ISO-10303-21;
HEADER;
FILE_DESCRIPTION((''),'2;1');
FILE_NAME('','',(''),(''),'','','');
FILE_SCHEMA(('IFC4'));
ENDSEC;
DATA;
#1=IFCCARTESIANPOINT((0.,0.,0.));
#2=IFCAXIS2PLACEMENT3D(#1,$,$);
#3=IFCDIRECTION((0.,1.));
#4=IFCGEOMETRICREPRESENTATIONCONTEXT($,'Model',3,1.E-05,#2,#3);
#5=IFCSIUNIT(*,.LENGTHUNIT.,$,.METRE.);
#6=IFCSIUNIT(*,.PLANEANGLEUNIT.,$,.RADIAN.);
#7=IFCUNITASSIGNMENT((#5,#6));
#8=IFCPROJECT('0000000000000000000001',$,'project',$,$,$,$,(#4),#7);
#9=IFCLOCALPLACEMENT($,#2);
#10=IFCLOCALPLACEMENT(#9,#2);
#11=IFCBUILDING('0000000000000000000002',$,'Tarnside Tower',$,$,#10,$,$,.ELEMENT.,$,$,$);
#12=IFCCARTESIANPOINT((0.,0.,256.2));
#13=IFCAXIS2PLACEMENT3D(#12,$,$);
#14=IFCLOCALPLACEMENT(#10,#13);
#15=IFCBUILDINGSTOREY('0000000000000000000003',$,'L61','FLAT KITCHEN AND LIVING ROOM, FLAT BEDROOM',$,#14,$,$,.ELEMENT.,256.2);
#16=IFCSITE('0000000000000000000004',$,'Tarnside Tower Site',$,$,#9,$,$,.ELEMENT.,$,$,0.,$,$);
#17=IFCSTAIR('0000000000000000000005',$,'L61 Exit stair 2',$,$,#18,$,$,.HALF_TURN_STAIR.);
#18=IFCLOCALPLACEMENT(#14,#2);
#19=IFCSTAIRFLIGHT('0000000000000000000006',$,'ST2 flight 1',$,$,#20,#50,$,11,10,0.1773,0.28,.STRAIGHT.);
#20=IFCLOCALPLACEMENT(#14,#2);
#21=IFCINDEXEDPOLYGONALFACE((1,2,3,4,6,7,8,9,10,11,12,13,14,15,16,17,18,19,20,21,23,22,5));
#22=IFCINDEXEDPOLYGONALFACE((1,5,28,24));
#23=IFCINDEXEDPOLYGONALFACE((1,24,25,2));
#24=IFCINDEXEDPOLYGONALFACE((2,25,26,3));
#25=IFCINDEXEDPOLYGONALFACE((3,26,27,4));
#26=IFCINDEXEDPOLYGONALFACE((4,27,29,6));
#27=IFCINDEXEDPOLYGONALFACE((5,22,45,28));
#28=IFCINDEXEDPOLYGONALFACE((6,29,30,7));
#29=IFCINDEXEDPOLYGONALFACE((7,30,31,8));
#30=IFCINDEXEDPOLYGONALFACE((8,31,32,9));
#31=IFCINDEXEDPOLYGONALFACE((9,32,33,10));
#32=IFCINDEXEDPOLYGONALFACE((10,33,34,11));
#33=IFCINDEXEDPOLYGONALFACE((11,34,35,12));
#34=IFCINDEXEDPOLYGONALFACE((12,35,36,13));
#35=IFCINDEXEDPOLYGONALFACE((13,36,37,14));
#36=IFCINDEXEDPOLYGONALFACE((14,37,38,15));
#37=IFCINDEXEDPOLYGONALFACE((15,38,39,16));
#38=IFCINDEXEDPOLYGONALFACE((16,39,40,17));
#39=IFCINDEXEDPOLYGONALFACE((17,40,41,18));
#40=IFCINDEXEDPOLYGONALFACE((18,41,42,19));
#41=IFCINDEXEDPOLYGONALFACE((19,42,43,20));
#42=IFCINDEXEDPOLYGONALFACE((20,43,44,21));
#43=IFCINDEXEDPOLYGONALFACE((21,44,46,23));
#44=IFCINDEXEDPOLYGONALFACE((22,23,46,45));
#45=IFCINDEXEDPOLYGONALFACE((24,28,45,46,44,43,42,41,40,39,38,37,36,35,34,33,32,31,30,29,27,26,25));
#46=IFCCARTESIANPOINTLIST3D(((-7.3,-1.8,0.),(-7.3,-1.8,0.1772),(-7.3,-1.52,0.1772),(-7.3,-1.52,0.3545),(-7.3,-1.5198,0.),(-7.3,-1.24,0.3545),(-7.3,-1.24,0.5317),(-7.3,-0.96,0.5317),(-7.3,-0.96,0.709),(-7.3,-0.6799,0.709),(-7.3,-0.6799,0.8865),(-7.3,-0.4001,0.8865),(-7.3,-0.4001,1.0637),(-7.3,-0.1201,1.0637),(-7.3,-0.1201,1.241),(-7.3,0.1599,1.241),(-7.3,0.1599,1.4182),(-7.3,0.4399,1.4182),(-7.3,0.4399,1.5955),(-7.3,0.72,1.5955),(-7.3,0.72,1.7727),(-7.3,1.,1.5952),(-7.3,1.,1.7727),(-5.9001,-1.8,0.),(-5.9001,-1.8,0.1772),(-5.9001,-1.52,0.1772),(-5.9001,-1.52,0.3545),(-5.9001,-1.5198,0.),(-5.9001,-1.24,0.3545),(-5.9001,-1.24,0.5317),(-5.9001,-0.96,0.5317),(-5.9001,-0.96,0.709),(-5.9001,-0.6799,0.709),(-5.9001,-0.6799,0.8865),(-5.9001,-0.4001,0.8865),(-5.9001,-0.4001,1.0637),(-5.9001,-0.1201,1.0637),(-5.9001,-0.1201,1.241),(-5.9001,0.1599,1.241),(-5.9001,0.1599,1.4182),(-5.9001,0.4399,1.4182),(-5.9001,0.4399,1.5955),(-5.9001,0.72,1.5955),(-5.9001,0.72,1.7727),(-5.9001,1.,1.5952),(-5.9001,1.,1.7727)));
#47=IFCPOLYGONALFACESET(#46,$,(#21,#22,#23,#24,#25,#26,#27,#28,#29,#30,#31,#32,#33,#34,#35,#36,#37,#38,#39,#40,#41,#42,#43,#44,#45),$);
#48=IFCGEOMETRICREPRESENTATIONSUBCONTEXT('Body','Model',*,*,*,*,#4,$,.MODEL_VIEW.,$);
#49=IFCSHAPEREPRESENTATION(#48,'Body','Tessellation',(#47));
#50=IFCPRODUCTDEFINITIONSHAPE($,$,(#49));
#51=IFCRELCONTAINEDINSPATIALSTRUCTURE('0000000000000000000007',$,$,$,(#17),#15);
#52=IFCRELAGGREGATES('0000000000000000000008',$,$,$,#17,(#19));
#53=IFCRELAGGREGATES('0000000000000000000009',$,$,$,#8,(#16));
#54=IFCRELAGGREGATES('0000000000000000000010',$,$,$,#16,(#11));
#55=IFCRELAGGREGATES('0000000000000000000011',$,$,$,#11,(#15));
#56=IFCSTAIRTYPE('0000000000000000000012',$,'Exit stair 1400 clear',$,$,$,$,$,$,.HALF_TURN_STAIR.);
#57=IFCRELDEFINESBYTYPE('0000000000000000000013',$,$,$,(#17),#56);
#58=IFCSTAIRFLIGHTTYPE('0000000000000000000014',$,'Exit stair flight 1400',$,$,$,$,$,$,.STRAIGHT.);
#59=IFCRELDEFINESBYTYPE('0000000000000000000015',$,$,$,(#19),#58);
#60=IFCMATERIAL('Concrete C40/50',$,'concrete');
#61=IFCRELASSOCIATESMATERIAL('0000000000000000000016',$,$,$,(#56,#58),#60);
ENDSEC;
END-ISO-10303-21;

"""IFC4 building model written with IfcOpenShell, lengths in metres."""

from ifc_helpers import new_model, si_unit, direction, frame, origin, place, context, subcontext, project, spatial, polyline, outline, extrude, material, type_object, element, aggregate, save


model = new_model("IFC4")

# Units and contexts
model_context = context("Model", 3, precision=1e-05, world=origin(), true_north=direction((0.0, 1.0)))
body_context = subcontext(model_context, "Body", "Model", "MODEL_VIEW")
ifc_project = project(units=[si_unit("LENGTHUNIT", "METRE"), si_unit("PLANEANGLEUNIT", "RADIAN")], contexts=[model_context])

# Site, building, storey
site_placement = place(None, origin())
site = spatial("IfcSite", under=ifc_project, at=site_placement, Name="Tarnside Tower Site", CompositionType="ELEMENT", RefElevation=0.0)
building_placement = place(site_placement, origin())
building = spatial("IfcBuilding", under=site, at=building_placement, Name="Tarnside Tower", CompositionType="ELEMENT")
storey_placement = place(building_placement, frame((0.0, 0.0, 256.2)))
storey = spatial("IfcBuildingStorey", under=building, at=storey_placement, Name="L61", Description="FLAT KITCHEN AND LIVING ROOM, FLAT BEDROOM", CompositionType="ELEMENT", Elevation=256.2)

# Shared definitions
ifc_material_1 = material(Name="Concrete C40/50", Category="concrete")

# Stair, stair flight
stair_type = type_object("IfcStairType", Name="Exit stair 1400 clear", PredefinedType="HALF_TURN_STAIR", material=ifc_material_1)
stair_placement = place(storey_placement, origin())
stair = element("IfcStair", 1, at=stair_placement, inside=storey, type_object=stair_type, Name="L61 Exit stair 2", PredefinedType="HALF_TURN_STAIR")
stair_flight_type = type_object("IfcStairFlightType", Name="Exit stair flight 1400", PredefinedType="STRAIGHT", material=ifc_material_1)
stair_flight_placement = place(storey_placement, frame((-6.6001, -1.8, 0.0), z_axis=(0.0, 0.0, 1.0), x_axis=(0.0, 1.0, 0.0)))
stair_flight = element("IfcStairFlight", 2, at=stair_flight_placement, type_object=stair_flight_type, Name="ST2 flight 1", NumberOfRisers=11, NumberOfTreads=10, PredefinedType="STRAIGHT", RiserHeight=0.1773, TreadLength=0.28, context=body_context, shape_type="SweptSolid", body=[
    extrude(outline(polyline([(0.0, 0.0), (0.0, 0.1772), (0.28, 0.1772), (0.28, 0.3545), (0.5601, 0.3545), (0.5601, 0.5317), (0.8401, 0.5317), (0.8401, 0.709), (1.1201, 0.709), (1.1201, 0.8865), (1.3999, 0.8865), (1.3999, 1.0637), (1.6799, 1.0637), (1.6799, 1.241), (1.96, 1.241), (1.96, 1.4182), (2.24, 1.4182), (2.24, 1.5955), (2.52, 1.5955), (2.52, 1.7727), (2.8, 1.7727), (2.8, 1.95), (2.8, 1.5952), (0.2803, 0.0), (0.0, 0.0)])), frame((0.0, 0.7, 0.0), z_axis=(0.0, -1.0, 0.0), x_axis=(1.0, 0.0, 0.0)), (0.0, 0.0, 1.0), 1.3999),
])
aggregate(stair, [stair_flight])

save(model, "model.ifc")
